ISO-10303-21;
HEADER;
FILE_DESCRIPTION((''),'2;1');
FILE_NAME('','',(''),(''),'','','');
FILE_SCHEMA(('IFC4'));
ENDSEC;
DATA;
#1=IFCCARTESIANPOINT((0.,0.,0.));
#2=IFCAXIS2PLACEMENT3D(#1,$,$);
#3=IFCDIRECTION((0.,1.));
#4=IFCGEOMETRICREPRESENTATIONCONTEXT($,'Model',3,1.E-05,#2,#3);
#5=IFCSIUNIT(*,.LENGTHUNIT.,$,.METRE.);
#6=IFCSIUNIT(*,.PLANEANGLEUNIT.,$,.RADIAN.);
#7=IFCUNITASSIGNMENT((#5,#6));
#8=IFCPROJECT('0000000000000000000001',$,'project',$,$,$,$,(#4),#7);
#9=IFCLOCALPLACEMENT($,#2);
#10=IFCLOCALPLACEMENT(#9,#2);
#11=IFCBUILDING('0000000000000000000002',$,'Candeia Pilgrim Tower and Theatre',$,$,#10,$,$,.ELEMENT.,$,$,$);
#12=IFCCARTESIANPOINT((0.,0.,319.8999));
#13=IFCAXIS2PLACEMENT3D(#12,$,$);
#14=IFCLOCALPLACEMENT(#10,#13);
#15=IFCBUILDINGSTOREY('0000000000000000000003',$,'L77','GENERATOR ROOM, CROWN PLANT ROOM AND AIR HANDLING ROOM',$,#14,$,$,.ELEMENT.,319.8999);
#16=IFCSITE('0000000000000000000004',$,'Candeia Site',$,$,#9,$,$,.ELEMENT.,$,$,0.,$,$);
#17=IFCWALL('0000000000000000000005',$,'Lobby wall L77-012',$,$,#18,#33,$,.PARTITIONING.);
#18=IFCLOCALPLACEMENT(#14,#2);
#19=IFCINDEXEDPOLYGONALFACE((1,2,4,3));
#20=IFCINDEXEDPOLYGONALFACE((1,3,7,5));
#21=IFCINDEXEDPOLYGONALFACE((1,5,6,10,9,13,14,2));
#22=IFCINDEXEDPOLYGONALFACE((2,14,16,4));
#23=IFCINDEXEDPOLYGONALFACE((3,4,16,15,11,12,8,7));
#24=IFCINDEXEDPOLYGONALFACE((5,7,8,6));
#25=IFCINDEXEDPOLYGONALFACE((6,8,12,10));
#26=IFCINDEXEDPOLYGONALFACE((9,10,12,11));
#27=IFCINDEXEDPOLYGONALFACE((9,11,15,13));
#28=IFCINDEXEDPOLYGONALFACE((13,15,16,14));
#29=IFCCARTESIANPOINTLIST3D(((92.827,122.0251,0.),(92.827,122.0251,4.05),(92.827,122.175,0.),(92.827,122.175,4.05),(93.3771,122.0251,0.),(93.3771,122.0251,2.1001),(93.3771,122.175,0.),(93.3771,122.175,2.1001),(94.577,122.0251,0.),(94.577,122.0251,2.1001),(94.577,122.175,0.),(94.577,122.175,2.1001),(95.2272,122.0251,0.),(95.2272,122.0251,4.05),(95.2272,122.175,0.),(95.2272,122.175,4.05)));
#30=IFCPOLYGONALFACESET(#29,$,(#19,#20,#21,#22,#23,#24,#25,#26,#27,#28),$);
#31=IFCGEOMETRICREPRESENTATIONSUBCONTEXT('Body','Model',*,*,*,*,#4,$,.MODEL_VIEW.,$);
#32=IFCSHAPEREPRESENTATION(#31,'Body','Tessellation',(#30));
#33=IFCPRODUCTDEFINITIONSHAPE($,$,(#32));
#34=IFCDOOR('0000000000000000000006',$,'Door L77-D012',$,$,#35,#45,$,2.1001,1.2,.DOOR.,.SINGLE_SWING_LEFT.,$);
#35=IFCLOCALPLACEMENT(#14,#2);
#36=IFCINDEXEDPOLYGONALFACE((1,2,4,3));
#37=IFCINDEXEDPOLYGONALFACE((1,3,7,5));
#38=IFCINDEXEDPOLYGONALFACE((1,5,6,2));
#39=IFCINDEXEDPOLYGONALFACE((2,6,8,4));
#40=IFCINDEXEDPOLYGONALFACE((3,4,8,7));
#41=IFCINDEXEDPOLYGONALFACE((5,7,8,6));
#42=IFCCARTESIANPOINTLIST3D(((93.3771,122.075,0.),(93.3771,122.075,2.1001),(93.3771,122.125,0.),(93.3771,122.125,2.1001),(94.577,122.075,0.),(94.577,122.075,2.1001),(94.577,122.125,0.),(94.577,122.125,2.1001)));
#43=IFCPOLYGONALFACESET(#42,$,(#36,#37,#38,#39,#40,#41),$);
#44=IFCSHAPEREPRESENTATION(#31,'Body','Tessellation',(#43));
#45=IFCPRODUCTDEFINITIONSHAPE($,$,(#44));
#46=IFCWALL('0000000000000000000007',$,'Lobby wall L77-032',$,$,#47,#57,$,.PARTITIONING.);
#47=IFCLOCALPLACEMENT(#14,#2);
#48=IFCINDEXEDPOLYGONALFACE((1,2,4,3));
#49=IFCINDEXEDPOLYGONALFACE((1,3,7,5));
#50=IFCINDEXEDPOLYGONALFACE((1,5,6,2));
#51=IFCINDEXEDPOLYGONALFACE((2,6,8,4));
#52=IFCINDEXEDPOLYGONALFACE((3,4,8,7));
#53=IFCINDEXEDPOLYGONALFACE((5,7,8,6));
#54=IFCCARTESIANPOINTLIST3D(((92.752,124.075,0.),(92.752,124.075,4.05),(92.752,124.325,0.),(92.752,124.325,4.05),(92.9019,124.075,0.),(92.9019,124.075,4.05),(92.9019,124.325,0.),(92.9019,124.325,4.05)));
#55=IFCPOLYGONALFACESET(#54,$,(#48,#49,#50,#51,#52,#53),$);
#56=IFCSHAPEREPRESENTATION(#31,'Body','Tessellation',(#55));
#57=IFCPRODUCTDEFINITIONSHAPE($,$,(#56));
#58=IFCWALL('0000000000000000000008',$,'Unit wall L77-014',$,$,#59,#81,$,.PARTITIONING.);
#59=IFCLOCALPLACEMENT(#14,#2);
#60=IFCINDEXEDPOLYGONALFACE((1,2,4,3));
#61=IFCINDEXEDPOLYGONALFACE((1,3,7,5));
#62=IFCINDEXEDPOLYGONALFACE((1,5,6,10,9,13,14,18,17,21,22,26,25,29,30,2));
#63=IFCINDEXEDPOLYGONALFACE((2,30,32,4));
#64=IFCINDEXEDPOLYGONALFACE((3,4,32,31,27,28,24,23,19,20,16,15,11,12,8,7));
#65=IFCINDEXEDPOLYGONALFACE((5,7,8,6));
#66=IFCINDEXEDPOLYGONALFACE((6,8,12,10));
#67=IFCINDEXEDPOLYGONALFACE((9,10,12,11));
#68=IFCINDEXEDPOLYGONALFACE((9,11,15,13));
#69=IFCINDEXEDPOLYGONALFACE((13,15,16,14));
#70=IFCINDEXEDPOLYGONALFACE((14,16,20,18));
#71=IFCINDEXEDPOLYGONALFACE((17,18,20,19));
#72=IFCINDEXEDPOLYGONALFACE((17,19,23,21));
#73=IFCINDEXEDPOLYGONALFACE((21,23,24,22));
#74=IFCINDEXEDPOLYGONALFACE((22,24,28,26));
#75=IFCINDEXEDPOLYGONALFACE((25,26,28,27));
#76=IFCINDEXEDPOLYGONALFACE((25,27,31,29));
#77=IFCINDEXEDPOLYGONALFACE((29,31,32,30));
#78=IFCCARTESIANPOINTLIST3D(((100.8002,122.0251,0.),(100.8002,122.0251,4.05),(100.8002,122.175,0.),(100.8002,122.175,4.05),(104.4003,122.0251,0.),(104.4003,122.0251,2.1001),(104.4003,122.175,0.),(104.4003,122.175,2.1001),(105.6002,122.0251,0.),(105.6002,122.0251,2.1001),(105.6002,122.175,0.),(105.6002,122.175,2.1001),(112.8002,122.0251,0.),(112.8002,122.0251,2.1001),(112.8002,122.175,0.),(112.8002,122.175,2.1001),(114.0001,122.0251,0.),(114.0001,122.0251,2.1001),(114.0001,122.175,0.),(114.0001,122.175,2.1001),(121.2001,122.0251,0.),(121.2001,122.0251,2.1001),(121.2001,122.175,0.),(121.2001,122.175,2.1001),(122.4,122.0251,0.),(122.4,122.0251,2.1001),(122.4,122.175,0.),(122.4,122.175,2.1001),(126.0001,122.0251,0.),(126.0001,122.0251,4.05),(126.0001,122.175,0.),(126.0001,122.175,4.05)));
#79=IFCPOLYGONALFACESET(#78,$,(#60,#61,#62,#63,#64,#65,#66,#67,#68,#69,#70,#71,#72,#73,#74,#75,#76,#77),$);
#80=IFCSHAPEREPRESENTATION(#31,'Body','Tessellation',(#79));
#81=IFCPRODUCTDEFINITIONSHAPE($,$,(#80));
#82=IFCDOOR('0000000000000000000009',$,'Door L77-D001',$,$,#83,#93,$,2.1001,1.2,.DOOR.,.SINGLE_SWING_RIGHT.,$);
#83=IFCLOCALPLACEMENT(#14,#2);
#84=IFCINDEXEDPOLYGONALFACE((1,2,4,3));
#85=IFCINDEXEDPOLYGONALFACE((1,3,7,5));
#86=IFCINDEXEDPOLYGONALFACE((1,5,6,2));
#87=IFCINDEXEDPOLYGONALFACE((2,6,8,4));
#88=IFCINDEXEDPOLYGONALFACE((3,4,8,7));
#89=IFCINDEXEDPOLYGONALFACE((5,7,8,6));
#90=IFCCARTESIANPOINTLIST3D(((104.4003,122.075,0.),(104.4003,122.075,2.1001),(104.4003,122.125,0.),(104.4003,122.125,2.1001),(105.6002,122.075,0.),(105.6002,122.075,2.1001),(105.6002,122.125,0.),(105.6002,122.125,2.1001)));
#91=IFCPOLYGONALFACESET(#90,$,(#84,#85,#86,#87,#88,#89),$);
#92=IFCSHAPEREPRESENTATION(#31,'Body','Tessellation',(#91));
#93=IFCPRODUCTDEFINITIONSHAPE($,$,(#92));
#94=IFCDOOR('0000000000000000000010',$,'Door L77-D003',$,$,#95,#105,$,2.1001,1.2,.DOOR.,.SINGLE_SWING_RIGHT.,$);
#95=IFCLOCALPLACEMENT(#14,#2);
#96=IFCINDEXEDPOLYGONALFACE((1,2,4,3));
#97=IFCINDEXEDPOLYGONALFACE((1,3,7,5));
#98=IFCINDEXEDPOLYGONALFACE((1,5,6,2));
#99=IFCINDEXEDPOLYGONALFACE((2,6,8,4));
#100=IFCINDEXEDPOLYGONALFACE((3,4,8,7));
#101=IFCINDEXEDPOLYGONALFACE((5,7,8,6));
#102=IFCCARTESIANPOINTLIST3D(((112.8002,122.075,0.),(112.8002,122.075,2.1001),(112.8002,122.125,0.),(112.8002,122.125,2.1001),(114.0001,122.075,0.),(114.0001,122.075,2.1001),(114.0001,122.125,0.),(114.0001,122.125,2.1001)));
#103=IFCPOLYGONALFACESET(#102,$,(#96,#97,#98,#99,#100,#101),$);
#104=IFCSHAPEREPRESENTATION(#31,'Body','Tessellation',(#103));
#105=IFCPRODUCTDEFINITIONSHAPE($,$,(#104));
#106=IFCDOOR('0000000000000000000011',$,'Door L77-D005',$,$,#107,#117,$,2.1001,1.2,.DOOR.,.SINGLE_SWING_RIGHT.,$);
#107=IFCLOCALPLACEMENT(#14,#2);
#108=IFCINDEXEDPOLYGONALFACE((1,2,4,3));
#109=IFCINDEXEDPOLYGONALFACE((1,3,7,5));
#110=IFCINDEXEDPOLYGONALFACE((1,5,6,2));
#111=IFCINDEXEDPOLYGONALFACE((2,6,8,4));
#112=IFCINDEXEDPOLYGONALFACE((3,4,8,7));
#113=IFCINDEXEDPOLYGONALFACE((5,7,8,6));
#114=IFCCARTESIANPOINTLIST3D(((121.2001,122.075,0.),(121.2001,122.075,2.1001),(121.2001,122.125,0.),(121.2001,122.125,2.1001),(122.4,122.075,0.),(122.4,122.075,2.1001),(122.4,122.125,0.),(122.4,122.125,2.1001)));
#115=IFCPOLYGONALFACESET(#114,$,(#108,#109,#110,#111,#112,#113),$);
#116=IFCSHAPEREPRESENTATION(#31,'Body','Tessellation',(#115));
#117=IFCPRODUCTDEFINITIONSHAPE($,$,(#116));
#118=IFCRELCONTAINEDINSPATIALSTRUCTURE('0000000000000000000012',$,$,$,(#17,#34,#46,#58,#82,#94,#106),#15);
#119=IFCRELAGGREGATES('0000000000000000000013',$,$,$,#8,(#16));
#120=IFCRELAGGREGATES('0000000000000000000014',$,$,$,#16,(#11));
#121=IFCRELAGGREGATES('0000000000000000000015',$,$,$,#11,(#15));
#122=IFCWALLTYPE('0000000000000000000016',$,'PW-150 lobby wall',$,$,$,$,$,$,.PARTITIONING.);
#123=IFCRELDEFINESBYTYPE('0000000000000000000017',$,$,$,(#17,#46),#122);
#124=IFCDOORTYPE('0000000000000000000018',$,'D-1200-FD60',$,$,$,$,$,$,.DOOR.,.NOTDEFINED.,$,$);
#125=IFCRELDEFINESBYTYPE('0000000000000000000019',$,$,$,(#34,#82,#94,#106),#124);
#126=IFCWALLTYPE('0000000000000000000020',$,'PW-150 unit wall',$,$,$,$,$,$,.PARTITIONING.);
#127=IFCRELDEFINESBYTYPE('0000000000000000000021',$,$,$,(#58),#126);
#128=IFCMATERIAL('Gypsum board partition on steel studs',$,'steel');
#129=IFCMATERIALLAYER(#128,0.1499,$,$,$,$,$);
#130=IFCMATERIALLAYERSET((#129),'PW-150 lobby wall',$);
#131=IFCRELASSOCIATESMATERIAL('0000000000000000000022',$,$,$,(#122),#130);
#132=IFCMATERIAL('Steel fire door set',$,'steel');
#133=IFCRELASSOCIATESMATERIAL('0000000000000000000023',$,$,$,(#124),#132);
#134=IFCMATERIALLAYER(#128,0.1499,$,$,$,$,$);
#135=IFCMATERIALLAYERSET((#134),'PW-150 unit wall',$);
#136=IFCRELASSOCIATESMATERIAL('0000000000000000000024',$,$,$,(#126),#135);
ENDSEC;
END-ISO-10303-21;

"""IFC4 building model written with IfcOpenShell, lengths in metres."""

from ifc_helpers import new_model, si_unit, direction, frame, frame_2d, origin, place, context, subcontext, project, spatial, rectangle, extrude, material, layer, layer_set, type_object, element, fill, save


model = new_model("IFC4")

# Units and contexts
model_context = context("Model", 3, precision=1e-05, world=origin(), true_north=direction((0.0, 1.0)))
body_context = subcontext(model_context, "Body", "Model", "MODEL_VIEW")
ifc_project = project(units=[si_unit("LENGTHUNIT", "METRE"), si_unit("PLANEANGLEUNIT", "RADIAN")], contexts=[model_context])

# Site, building, storey
site_placement = place(None, origin())
site = spatial("IfcSite", under=ifc_project, at=site_placement, Name="Candeia Site", CompositionType="ELEMENT", RefElevation=0.0)
building_placement = place(site_placement, origin())
building = spatial("IfcBuilding", under=site, at=building_placement, Name="Candeia Pilgrim Tower and Theatre", CompositionType="ELEMENT")
storey_placement = place(building_placement, frame((0.0, 0.0, 319.8999)))
storey = spatial("IfcBuildingStorey", under=building, at=storey_placement, Name="L77", Description="GENERATOR ROOM, CROWN PLANT ROOM AND AIR HANDLING ROOM", CompositionType="ELEMENT", Elevation=319.8999)

# Wall, opening, door
ifc_material_1 = material(Name="Gypsum board partition on steel studs", Category="steel")
ifc_layer_1 = layer(ifc_material_1, 0.1499)
ifc_layer_set_1 = layer_set([ifc_layer_1], Name="PW-150 lobby wall")
wall_type_1 = type_object("IfcWallType", Name="PW-150 lobby wall", PredefinedType="PARTITIONING", material=ifc_layer_set_1)
wall_1_placement = place(storey_placement, frame((92.8269, 122.1001, 0.0), z_axis=(0.0, 0.0, 1.0), x_axis=(1.0, 0.0, 0.0)))
wall_1 = element("IfcWall", 1, at=wall_1_placement, inside=storey, type_object=wall_type_1, Name="Lobby wall L77-012", PredefinedType="PARTITIONING", context=body_context, shape_type="SweptSolid", body=[
    extrude(rectangle(XDim=2.4001, YDim=0.1499, at=frame_2d((1.2002, 0.0))), origin(), (0.0, 0.0, 1.0), 4.05),
])
opening_1_placement = place(wall_1_placement, frame((0.55, 0.0, 0.0)))
opening_1 = element("IfcOpeningElement", 2, at=opening_1_placement, cuts=wall_1, PredefinedType="OPENING", context=body_context, shape_type="SweptSolid", body=[
    extrude(rectangle(XDim=1.2, YDim=2.1001, at=frame_2d((0.6001, 1.05))), frame((0.0, 0.085, 0.0), z_axis=(0.0, -1.0, 0.0), x_axis=(1.0, 0.0, 0.0)), (0.0, 0.0, 1.0), 0.1699),
])
ifc_material_2 = material(Name="Steel fire door set", Category="steel")
door_type_1 = type_object("IfcDoorType", Name="D-1200-FD60", OperationType="NOTDEFINED", PredefinedType="DOOR", material=ifc_material_2)
door_1_placement = place(opening_1_placement, origin())
door_1 = element("IfcDoor", 3, at=door_1_placement, inside=storey, type_object=door_type_1, Name="Door L77-D012", OperationType="SINGLE_SWING_LEFT", OverallHeight=2.1001, OverallWidth=1.2, PredefinedType="DOOR", context=body_context, shape_type="SweptSolid", body=[
    extrude(rectangle(XDim=1.2, YDim=2.1001, at=frame_2d((0.6001, 1.05))), frame((0.0, 0.0249, 0.0), z_axis=(0.0, -1.0, 0.0), x_axis=(1.0, 0.0, 0.0)), (0.0, 0.0, 1.0), 0.05),
])
fill(opening_1, door_1)

# Wall
wall_2_placement = place(storey_placement, frame((92.8269, 124.075, 0.0), z_axis=(0.0, 0.0, 1.0), x_axis=(0.0, 1.0, 0.0)))
element("IfcWall", 4, at=wall_2_placement, inside=storey, type_object=wall_type_1, Name="Lobby wall L77-032", PredefinedType="PARTITIONING", context=body_context, shape_type="SweptSolid", body=[
    extrude(rectangle(XDim=0.25, YDim=0.1499, at=frame_2d((0.125, 0.0))), origin(), (0.0, 0.0, 1.0), 4.05),
])

# Wall, openings, doors
ifc_layer_2 = layer(ifc_material_1, 0.1499)
ifc_layer_set_2 = layer_set([ifc_layer_2], Name="PW-150 unit wall")
wall_type_2 = type_object("IfcWallType", Name="PW-150 unit wall", PredefinedType="PARTITIONING", material=ifc_layer_set_2)
wall_3_placement = place(storey_placement, frame((100.8, 122.1001, 0.0), z_axis=(0.0, 0.0, 1.0), x_axis=(1.0, 0.0, 0.0)))
wall_3 = element("IfcWall", 5, at=wall_3_placement, inside=storey, type_object=wall_type_2, Name="Unit wall L77-014", PredefinedType="PARTITIONING", context=body_context, shape_type="SweptSolid", body=[
    extrude(rectangle(XDim=25.2, YDim=0.1499, at=frame_2d((12.6001, 0.0))), origin(), (0.0, 0.0, 1.0), 4.05),
])
opening_2_placement = place(wall_3_placement, frame((3.6001, 0.0, 0.0)))
opening_2 = element("IfcOpeningElement", 6, at=opening_2_placement, cuts=wall_3, PredefinedType="OPENING", context=body_context, shape_type="SweptSolid", body=[
    extrude(rectangle(XDim=1.2, YDim=2.1001, at=frame_2d((0.6001, 1.05))), frame((0.0, 0.085, 0.0), z_axis=(0.0, -1.0, 0.0), x_axis=(1.0, 0.0, 0.0)), (0.0, 0.0, 1.0), 0.1699),
])
opening_3_placement = place(wall_3_placement, frame((12.0, 0.0, 0.0)))
opening_3 = element("IfcOpeningElement", 7, at=opening_3_placement, cuts=wall_3, PredefinedType="OPENING", context=body_context, shape_type="SweptSolid", body=[
    extrude(rectangle(XDim=1.2, YDim=2.1001, at=frame_2d((0.6001, 1.05))), frame((0.0, 0.085, 0.0), z_axis=(0.0, -1.0, 0.0), x_axis=(1.0, 0.0, 0.0)), (0.0, 0.0, 1.0), 0.1699),
])
opening_4_placement = place(wall_3_placement, frame((20.3999, 0.0, 0.0)))
opening_4 = element("IfcOpeningElement", 8, at=opening_4_placement, cuts=wall_3, PredefinedType="OPENING", context=body_context, shape_type="SweptSolid", body=[
    extrude(rectangle(XDim=1.2, YDim=2.1001, at=frame_2d((0.6001, 1.05))), frame((0.0, 0.085, 0.0), z_axis=(0.0, -1.0, 0.0), x_axis=(1.0, 0.0, 0.0)), (0.0, 0.0, 1.0), 0.1699),
])
door_2_placement = place(opening_2_placement, origin())
door_2 = element("IfcDoor", 9, at=door_2_placement, inside=storey, type_object=door_type_1, Name="Door L77-D001", OperationType="SINGLE_SWING_RIGHT", OverallHeight=2.1001, OverallWidth=1.2, PredefinedType="DOOR", context=body_context, shape_type="SweptSolid", body=[
    extrude(rectangle(XDim=1.2, YDim=2.1001, at=frame_2d((0.6001, 1.05))), frame((0.0, 0.0249, 0.0), z_axis=(0.0, -1.0, 0.0), x_axis=(1.0, 0.0, 0.0)), (0.0, 0.0, 1.0), 0.05),
])
fill(opening_2, door_2)
door_3_placement = place(opening_3_placement, origin())
door_3 = element("IfcDoor", 10, at=door_3_placement, inside=storey, type_object=door_type_1, Name="Door L77-D003", OperationType="SINGLE_SWING_RIGHT", OverallHeight=2.1001, OverallWidth=1.2, PredefinedType="DOOR", context=body_context, shape_type="SweptSolid", body=[
    extrude(rectangle(XDim=1.2, YDim=2.1001, at=frame_2d((0.6001, 1.05))), frame((0.0, 0.0249, 0.0), z_axis=(0.0, -1.0, 0.0), x_axis=(1.0, 0.0, 0.0)), (0.0, 0.0, 1.0), 0.05),
])
fill(opening_3, door_3)
door_4_placement = place(opening_4_placement, origin())
door_4 = element("IfcDoor", 11, at=door_4_placement, inside=storey, type_object=door_type_1, Name="Door L77-D005", OperationType="SINGLE_SWING_RIGHT", OverallHeight=2.1001, OverallWidth=1.2, PredefinedType="DOOR", context=body_context, shape_type="SweptSolid", body=[
    extrude(rectangle(XDim=1.2, YDim=2.1001, at=frame_2d((0.6001, 1.05))), frame((0.0, 0.0249, 0.0), z_axis=(0.0, -1.0, 0.0), x_axis=(1.0, 0.0, 0.0)), (0.0, 0.0, 1.0), 0.05),
])
fill(opening_4, door_4)

save(model, "model.ifc")
